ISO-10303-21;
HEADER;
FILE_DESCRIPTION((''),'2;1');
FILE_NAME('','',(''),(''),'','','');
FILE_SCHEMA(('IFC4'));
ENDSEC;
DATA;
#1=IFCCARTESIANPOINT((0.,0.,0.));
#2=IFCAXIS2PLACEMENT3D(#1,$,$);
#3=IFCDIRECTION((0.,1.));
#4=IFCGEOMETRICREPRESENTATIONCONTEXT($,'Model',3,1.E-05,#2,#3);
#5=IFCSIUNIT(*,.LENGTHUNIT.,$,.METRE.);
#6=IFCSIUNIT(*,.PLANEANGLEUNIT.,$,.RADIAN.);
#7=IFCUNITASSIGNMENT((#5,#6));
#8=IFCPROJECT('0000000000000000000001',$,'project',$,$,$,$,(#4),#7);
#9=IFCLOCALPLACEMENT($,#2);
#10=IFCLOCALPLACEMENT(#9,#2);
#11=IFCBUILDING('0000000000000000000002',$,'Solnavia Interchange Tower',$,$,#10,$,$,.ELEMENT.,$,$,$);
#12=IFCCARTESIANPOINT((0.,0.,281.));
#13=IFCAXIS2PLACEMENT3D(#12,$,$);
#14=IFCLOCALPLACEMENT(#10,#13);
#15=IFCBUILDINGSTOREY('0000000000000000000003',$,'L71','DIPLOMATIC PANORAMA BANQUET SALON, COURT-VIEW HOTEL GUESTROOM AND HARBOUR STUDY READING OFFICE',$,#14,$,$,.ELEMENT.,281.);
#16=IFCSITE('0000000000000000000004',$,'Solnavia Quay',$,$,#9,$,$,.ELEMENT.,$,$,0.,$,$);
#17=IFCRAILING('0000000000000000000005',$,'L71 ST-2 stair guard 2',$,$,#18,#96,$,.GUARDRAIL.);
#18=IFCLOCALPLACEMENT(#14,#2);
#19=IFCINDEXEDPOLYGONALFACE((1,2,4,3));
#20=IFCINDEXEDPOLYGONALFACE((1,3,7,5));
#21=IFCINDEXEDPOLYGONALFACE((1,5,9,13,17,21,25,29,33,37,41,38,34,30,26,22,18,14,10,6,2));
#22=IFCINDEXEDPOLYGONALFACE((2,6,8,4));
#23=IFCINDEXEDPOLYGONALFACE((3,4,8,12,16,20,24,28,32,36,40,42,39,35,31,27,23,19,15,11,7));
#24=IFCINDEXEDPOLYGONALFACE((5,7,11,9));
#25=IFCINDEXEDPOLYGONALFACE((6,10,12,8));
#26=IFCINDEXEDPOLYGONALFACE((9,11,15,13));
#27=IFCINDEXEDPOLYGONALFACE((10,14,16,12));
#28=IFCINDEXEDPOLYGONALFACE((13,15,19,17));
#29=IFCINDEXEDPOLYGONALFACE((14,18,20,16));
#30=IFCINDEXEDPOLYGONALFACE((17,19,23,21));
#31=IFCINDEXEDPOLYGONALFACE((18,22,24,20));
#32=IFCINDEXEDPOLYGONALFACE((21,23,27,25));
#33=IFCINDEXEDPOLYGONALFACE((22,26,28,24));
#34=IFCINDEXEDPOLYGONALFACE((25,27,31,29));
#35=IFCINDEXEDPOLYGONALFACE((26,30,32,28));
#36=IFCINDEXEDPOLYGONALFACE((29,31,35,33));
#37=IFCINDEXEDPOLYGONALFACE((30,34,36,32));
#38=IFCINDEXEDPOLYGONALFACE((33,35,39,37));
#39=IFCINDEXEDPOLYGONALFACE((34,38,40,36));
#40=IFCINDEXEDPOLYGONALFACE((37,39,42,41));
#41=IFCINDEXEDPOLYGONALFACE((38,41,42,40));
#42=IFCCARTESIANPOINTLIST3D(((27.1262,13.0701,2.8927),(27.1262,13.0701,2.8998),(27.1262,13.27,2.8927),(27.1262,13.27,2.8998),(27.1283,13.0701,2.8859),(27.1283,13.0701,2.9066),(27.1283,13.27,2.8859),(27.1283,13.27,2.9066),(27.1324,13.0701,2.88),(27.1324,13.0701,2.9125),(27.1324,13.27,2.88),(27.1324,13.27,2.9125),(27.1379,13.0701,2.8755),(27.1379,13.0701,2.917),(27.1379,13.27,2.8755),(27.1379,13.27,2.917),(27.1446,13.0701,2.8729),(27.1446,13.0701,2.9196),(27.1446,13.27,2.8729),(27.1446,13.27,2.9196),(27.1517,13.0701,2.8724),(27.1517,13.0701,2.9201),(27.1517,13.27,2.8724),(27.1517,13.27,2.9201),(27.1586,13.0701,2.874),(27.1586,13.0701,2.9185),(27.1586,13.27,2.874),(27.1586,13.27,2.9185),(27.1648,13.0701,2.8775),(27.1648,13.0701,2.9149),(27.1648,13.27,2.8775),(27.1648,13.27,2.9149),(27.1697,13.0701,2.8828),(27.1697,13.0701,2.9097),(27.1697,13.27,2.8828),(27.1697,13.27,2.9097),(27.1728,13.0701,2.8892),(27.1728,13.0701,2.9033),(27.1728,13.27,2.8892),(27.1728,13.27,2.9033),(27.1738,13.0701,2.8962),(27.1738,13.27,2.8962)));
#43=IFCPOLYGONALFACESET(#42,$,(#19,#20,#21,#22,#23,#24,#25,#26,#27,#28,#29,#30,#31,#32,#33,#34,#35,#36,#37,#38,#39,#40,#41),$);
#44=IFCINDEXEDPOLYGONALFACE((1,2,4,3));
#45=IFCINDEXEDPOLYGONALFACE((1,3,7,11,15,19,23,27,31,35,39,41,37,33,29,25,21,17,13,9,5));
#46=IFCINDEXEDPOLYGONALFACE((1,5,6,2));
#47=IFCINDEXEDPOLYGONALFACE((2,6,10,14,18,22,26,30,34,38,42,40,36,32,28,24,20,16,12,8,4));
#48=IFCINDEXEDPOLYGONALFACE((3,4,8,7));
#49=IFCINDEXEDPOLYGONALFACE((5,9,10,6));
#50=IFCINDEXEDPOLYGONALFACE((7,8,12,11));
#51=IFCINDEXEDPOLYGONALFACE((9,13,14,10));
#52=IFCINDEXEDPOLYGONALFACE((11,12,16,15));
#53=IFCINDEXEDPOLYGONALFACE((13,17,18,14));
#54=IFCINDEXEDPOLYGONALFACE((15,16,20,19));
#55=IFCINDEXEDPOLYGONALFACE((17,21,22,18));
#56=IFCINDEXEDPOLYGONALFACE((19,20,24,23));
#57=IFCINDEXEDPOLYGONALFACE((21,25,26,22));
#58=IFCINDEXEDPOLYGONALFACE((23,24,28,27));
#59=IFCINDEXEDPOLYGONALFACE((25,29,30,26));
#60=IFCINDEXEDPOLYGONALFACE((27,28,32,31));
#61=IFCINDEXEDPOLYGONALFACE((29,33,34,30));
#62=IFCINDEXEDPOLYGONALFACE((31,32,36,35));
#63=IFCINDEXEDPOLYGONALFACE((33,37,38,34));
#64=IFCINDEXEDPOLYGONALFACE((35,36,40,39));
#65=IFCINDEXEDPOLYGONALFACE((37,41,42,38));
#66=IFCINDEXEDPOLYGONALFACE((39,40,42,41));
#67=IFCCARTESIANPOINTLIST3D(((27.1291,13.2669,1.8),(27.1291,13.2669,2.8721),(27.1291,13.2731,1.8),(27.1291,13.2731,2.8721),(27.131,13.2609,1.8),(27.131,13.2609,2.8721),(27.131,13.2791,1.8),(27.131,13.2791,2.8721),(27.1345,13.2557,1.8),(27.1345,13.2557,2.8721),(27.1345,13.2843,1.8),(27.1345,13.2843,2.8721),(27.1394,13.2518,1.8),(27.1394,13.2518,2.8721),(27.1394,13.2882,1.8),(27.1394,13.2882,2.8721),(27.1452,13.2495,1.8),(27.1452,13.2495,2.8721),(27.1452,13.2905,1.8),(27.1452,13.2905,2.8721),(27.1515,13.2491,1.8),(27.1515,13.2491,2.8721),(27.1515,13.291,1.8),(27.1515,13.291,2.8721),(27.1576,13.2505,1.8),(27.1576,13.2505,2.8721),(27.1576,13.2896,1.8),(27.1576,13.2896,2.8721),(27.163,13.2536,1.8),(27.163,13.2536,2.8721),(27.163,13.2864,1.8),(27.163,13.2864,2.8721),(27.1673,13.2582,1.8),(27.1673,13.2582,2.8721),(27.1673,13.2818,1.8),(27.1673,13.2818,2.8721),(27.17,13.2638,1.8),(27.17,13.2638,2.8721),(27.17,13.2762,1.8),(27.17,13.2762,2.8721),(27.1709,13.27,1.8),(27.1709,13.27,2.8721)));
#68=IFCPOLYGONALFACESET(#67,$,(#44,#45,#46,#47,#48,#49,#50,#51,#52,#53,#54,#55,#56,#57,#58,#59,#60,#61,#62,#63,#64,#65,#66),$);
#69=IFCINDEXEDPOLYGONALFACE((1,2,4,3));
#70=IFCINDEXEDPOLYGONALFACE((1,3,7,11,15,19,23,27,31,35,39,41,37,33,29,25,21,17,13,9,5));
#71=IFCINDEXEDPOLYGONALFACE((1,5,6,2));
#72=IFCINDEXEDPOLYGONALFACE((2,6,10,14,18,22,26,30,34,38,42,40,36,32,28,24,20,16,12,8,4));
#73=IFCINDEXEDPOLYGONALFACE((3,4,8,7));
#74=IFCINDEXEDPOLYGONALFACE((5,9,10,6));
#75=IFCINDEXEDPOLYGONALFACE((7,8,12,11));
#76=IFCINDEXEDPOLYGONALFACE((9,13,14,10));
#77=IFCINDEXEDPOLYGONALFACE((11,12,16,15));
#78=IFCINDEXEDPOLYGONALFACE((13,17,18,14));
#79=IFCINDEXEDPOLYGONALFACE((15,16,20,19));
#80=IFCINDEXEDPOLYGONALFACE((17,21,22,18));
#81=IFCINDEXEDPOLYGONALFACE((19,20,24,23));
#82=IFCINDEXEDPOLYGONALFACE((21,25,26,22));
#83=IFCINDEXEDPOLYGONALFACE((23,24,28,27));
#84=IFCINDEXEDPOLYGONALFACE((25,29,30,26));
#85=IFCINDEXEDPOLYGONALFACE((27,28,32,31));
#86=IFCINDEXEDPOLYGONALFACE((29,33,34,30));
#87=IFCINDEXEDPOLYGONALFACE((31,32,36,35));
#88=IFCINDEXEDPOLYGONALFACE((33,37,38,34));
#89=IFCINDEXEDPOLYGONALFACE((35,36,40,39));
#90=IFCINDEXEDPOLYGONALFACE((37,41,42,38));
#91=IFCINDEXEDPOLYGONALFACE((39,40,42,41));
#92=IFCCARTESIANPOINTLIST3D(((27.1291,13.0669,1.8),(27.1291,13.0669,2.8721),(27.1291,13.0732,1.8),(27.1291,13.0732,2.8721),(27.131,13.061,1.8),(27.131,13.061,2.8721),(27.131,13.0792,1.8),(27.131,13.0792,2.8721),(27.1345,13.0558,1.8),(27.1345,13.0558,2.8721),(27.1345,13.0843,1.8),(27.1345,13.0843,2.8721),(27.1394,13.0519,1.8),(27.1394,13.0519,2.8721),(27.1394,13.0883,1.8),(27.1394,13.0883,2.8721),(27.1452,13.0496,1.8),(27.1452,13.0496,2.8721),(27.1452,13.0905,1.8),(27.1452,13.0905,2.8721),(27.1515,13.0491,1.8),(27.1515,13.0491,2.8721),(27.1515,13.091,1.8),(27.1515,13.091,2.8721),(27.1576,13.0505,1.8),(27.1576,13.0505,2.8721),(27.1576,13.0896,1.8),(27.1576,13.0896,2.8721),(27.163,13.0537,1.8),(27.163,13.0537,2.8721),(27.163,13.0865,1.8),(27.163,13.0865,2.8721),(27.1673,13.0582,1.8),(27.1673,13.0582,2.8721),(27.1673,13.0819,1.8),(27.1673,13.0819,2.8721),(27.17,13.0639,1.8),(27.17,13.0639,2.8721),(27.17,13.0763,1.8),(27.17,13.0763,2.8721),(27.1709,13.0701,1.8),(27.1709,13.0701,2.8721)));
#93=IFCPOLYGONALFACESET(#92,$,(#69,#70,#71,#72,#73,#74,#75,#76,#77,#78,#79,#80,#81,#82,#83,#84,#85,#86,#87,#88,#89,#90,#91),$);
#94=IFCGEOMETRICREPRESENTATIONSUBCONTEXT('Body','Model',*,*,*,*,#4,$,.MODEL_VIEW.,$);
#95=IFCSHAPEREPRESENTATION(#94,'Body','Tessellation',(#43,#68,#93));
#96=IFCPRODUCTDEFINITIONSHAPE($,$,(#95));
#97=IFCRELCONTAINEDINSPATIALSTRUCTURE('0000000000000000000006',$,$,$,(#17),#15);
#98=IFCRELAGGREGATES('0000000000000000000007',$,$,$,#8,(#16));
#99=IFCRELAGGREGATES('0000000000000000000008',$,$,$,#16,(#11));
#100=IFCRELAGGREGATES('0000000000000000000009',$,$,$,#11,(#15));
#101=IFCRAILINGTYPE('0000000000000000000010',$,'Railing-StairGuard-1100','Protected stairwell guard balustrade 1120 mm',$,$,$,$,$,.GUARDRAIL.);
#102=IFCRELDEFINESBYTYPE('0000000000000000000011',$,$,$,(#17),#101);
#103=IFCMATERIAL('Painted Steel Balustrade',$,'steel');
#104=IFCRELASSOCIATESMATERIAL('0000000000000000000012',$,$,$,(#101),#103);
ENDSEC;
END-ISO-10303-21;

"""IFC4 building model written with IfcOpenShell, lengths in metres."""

from ifc_helpers import new_model, si_unit, direction, frame, origin, origin_2d, place, context, subcontext, project, spatial, circle, extrude, material, type_object, element, save


model = new_model("IFC4")

# Units and contexts
model_context = context("Model", 3, precision=1e-05, world=origin(), true_north=direction((0.0, 1.0)))
body_context = subcontext(model_context, "Body", "Model", "MODEL_VIEW")
ifc_project = project(units=[si_unit("LENGTHUNIT", "METRE"), si_unit("PLANEANGLEUNIT", "RADIAN")], contexts=[model_context])

# Site, building, storey
site_placement = place(None, origin())
site = spatial("IfcSite", under=ifc_project, at=site_placement, Name="Solnavia Quay", CompositionType="ELEMENT", RefElevation=0.0)
building_placement = place(site_placement, origin())
building = spatial("IfcBuilding", under=site, at=building_placement, Name="Solnavia Interchange Tower", CompositionType="ELEMENT")
storey_placement = place(building_placement, frame((0.0, 0.0, 281.0)))
storey = spatial("IfcBuildingStorey", under=building, at=storey_placement, Name="L71", Description="DIPLOMATIC PANORAMA BANQUET SALON, COURT-VIEW HOTEL GUESTROOM AND HARBOUR STUDY READING OFFICE", CompositionType="ELEMENT", Elevation=281.0)

# Railing
ifc_material_1 = material(Name="Painted Steel Balustrade", Category="steel")
railing_type_1 = type_object("IfcRailingType", Name="Railing-StairGuard-1100", Description="Protected stairwell guard balustrade 1120 mm", PredefinedType="GUARDRAIL", material=ifc_material_1)
railing_1_placement = place(storey_placement, frame((27.1499, 13.27, 1.8)))
element("IfcRailing", 1, at=railing_1_placement, inside=storey, type_object=railing_type_1, Name="L71 ST-2 stair guard 2", PredefinedType="GUARDRAIL", context=body_context, shape_type="SweptSolid", body=[
    extrude(circle(Radius=0.0239, at=origin_2d()), frame((0.0, 0.0, 1.0962), z_axis=(0.0, -1.0, 0.0), x_axis=(1.0, 0.0, 0.0)), (0.0, 0.0, 1.0), 0.2),
    extrude(circle(Radius=0.021, at=origin_2d()), origin(), (0.0, 0.0, 1.0), 1.072),
    extrude(circle(Radius=0.021, at=origin_2d()), frame((0.0, -0.2, 0.0)), (0.0, 0.0, 1.0), 1.072),
])

save(model, "model.ifc")
